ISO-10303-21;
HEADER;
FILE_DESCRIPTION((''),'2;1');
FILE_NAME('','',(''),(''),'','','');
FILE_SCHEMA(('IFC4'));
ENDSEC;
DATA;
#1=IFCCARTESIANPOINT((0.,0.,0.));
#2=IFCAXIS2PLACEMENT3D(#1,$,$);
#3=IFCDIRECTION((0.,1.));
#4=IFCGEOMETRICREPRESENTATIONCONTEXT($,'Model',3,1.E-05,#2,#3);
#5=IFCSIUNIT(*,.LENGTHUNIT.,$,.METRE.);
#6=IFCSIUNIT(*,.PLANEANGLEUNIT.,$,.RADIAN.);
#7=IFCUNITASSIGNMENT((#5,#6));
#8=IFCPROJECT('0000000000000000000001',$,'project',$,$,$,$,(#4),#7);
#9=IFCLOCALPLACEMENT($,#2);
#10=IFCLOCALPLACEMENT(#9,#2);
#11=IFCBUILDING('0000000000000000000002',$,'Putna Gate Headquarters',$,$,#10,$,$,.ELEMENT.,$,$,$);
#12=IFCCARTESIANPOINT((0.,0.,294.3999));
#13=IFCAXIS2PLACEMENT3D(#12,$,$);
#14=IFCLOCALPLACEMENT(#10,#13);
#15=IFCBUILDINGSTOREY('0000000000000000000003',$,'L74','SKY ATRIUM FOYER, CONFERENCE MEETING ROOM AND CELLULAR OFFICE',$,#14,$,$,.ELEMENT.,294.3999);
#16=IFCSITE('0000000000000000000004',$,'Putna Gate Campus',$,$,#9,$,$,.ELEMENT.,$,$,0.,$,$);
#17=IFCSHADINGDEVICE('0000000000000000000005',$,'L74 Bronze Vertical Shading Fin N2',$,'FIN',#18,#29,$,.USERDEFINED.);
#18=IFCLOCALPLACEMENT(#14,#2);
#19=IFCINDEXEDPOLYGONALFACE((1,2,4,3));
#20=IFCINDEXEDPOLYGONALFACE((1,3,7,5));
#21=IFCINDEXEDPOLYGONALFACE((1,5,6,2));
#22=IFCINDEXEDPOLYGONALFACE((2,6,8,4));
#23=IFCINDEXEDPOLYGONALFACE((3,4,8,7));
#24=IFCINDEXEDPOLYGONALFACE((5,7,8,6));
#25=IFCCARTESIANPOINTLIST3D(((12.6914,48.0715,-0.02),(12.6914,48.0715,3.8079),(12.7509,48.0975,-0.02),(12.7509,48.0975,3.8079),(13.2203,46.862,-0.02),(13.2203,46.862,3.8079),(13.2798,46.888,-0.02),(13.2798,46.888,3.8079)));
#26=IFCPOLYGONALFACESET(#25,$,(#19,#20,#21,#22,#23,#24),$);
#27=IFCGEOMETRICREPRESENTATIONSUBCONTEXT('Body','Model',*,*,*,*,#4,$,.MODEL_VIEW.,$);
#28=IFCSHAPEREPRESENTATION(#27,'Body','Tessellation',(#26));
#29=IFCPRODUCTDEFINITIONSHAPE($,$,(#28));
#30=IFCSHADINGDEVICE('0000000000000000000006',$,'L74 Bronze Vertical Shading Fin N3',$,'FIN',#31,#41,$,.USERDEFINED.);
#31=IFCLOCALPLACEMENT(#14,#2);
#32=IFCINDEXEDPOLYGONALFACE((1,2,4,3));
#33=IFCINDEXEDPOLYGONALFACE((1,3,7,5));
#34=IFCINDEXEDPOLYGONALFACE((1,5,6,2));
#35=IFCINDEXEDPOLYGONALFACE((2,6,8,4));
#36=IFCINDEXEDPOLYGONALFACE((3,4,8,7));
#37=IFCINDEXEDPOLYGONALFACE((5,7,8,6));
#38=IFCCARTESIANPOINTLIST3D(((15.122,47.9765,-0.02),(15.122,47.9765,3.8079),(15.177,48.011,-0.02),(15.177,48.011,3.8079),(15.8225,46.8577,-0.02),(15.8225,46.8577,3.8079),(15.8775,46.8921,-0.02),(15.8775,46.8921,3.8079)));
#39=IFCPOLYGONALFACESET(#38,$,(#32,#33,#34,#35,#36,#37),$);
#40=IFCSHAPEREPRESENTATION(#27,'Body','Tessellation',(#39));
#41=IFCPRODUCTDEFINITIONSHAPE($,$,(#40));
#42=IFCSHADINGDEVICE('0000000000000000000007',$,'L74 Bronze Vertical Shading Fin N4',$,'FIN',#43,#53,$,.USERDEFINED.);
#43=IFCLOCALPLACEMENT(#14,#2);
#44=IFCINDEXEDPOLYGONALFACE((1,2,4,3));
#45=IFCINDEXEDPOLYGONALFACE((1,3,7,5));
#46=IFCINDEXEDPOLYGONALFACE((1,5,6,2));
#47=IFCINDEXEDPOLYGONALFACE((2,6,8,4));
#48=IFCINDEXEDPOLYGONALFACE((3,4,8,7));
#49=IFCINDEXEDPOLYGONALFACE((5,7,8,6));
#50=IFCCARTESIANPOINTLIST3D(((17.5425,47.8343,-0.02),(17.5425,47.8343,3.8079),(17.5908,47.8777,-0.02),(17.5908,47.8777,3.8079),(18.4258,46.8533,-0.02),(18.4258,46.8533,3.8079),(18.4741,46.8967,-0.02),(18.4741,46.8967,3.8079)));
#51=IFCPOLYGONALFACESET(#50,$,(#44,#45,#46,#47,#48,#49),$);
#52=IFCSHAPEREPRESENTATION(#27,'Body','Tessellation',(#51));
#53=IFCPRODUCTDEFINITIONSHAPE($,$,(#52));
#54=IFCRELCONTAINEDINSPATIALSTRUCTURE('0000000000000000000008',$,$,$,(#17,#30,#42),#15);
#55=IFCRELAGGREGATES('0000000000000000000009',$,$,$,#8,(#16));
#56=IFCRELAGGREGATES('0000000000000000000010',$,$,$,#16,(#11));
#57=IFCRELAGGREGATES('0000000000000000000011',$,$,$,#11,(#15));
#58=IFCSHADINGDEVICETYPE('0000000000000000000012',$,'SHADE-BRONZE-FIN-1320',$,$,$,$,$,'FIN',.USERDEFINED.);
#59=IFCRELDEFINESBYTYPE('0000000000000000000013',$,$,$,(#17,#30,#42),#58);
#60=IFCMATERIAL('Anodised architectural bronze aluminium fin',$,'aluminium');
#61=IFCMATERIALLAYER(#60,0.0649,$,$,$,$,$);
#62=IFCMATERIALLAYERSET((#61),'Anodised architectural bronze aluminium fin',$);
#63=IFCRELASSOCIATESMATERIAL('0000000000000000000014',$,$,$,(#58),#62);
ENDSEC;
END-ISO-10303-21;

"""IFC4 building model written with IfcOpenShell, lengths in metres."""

from ifc_helpers import new_model, si_unit, direction, frame, origin, origin_2d, place, context, subcontext, project, spatial, rectangle, extrude, material, layer, layer_set, type_object, element, save


model = new_model("IFC4")

# Units and contexts
model_context = context("Model", 3, precision=1e-05, world=origin(), true_north=direction((0.0, 1.0)))
body_context = subcontext(model_context, "Body", "Model", "MODEL_VIEW")
ifc_project = project(units=[si_unit("LENGTHUNIT", "METRE"), si_unit("PLANEANGLEUNIT", "RADIAN")], contexts=[model_context])

# Site, building, storey
site_placement = place(None, origin())
site = spatial("IfcSite", under=ifc_project, at=site_placement, Name="Putna Gate Campus", CompositionType="ELEMENT", RefElevation=0.0)
building_placement = place(site_placement, origin())
building = spatial("IfcBuilding", under=site, at=building_placement, Name="Putna Gate Headquarters", CompositionType="ELEMENT")
storey_placement = place(building_placement, frame((0.0, 0.0, 294.3999)))
storey = spatial("IfcBuildingStorey", under=building, at=storey_placement, Name="L74", Description="SKY ATRIUM FOYER, CONFERENCE MEETING ROOM AND CELLULAR OFFICE", CompositionType="ELEMENT", Elevation=294.3999)

# Shading devices
ifc_material_1 = material(Name="Anodised architectural bronze aluminium fin", Category="aluminium")
ifc_layer_1 = layer(ifc_material_1, 0.0649)
ifc_layer_set_1 = layer_set([ifc_layer_1], Name="Anodised architectural bronze aluminium fin")
shading_device_type = type_object("IfcShadingDeviceType", Name="SHADE-BRONZE-FIN-1320", ElementType="FIN", PredefinedType="USERDEFINED", material=ifc_layer_set_1)
for number, where, z_axis, x_axis, name in (
    (1, (12.9856, 47.4797, -0.02), (0.0, 0.0, 1.0), (-0.400669, 0.916223, 0.0), "L74 Bronze Vertical Shading Fin N2"),
    (2, (15.4998, 47.4343, -0.02), (0.0, 0.0, 1.0), (-0.530659, 0.847585, 0.0), "L74 Bronze Vertical Shading Fin N3"),
    (3, (18.0083, 47.3655, -0.02), (0.0, 0.0, 1.0), (-0.669131, 0.743145, 0.0), "L74 Bronze Vertical Shading Fin N4"),
):
    element("IfcShadingDevice", number, at=place(storey_placement, frame(where, z_axis=z_axis, x_axis=x_axis)), inside=storey, type_object=shading_device_type, Name=name, ObjectType="FIN", PredefinedType="USERDEFINED", context=body_context, shape_type="SweptSolid", body=[
        extrude(rectangle(XDim=1.3201, YDim=0.0649, at=origin_2d()), origin(), (0.0, 0.0, 1.0), 3.8279),
    ])

save(model, "model.ifc")
